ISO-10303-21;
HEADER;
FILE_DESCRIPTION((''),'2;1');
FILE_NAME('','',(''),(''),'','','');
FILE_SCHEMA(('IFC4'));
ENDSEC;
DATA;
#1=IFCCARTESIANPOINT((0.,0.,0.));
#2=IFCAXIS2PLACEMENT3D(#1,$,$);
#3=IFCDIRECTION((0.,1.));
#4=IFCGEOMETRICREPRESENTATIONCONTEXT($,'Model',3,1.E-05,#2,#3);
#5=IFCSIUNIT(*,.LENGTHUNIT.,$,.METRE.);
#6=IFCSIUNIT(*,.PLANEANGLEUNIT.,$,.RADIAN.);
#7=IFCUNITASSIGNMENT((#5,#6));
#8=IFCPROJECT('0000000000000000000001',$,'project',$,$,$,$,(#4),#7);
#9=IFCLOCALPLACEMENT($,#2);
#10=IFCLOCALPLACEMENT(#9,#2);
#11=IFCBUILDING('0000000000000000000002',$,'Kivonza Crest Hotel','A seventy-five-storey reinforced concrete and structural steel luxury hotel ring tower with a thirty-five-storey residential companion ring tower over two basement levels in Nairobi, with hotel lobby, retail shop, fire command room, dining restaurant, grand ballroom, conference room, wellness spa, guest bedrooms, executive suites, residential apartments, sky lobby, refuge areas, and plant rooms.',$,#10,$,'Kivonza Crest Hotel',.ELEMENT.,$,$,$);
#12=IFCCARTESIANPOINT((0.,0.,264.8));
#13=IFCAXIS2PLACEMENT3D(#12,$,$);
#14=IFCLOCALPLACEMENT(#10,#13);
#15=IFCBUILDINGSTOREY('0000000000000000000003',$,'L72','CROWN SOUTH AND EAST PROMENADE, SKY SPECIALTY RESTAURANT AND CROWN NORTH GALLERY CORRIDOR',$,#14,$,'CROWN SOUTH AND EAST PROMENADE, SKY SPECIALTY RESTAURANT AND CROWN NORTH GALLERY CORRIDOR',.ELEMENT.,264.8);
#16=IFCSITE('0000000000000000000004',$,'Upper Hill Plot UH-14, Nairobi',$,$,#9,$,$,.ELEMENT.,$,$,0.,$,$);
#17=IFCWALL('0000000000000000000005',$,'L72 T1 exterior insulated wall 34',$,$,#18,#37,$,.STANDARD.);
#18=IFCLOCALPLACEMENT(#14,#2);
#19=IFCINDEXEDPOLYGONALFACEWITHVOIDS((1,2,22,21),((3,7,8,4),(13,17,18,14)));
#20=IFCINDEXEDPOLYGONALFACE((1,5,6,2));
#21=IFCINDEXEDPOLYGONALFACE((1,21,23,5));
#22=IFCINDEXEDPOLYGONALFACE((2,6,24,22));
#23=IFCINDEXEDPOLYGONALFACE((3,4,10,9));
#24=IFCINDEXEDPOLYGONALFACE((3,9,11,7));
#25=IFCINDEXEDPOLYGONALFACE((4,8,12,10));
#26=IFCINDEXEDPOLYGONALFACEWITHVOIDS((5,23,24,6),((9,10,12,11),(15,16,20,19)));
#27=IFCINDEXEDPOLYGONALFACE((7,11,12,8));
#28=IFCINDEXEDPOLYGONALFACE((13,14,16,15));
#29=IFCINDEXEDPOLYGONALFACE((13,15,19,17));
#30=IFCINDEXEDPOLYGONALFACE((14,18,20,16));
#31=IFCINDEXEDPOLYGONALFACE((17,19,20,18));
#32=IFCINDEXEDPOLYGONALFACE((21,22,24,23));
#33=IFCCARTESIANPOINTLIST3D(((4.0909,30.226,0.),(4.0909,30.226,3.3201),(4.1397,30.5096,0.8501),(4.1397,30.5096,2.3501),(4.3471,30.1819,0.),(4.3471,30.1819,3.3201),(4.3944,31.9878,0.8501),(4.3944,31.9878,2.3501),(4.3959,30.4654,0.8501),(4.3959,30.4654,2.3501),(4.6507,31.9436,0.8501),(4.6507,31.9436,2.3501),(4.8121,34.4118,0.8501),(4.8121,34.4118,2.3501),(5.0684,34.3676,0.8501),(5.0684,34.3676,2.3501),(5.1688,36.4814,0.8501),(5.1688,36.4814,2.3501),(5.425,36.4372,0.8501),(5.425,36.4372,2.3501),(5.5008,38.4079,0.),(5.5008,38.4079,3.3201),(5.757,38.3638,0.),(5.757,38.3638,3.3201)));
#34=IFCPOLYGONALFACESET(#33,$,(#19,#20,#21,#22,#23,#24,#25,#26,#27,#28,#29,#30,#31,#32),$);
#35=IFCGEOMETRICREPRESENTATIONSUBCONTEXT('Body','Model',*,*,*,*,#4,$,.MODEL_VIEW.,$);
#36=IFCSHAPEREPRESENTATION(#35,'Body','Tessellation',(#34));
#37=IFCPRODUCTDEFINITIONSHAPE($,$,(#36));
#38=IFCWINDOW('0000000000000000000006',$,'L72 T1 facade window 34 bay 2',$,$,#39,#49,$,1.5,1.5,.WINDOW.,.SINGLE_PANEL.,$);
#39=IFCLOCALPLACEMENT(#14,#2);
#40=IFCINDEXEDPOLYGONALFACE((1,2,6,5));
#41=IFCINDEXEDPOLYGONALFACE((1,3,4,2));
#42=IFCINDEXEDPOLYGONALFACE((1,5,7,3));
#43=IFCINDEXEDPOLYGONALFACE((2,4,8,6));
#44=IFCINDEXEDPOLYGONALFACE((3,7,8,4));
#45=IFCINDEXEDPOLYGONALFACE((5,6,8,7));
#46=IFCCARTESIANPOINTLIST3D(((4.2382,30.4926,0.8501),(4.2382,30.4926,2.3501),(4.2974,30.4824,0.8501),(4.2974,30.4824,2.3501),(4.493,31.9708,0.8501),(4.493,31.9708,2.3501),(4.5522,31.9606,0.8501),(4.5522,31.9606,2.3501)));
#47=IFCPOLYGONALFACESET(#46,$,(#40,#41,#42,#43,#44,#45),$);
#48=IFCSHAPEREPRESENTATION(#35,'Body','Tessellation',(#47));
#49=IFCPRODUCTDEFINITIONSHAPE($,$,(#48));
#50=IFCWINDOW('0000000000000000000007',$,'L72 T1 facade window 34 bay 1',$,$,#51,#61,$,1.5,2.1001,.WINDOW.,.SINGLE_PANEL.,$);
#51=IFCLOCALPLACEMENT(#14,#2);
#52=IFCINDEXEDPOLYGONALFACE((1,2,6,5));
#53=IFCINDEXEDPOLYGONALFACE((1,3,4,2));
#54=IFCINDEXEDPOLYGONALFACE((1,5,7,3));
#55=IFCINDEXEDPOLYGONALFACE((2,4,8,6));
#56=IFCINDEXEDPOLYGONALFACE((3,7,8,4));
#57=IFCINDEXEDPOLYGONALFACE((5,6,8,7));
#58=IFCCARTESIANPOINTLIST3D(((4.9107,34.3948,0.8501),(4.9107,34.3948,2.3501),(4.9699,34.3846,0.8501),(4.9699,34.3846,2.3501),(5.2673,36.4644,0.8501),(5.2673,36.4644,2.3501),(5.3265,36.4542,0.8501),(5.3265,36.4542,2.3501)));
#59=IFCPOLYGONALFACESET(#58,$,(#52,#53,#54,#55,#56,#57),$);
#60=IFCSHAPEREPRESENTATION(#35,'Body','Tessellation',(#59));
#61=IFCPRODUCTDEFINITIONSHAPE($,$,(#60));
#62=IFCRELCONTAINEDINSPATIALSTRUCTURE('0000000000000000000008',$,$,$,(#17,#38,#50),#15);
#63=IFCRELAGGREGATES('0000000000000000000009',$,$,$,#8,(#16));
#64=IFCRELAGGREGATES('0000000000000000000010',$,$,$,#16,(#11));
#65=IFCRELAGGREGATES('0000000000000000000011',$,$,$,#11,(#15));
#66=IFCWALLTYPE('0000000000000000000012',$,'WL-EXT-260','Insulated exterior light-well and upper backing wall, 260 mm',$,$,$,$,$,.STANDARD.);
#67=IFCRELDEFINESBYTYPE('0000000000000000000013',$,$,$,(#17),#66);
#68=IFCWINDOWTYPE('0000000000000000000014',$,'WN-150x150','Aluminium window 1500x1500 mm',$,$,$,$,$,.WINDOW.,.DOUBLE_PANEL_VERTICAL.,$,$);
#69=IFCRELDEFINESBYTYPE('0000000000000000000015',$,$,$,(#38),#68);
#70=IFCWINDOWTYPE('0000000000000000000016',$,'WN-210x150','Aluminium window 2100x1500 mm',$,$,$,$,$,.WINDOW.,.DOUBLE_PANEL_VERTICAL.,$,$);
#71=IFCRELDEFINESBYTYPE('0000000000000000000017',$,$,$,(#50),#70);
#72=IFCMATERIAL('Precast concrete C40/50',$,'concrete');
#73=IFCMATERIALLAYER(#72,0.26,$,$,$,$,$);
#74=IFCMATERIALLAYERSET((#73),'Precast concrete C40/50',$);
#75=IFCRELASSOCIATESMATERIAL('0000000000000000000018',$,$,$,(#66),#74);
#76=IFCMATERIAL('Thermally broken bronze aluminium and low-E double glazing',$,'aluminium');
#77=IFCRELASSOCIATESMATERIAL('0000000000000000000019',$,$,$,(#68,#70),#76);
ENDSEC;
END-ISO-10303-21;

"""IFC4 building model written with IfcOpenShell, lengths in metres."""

from ifc_helpers import new_model, si_unit, direction, frame, frame_2d, origin, place, context, subcontext, project, spatial, rectangle, extrude, material, layer, layer_set, type_object, element, fill, save


model = new_model("IFC4")

# Units and contexts
model_context = context("Model", 3, precision=1e-05, world=origin(), true_north=direction((0.0, 1.0)))
body_context = subcontext(model_context, "Body", "Model", "MODEL_VIEW")
ifc_project = project(units=[si_unit("LENGTHUNIT", "METRE"), si_unit("PLANEANGLEUNIT", "RADIAN")], contexts=[model_context])

# Site, building, storey
site_placement = place(None, origin())
site = spatial("IfcSite", under=ifc_project, at=site_placement, Name="Upper Hill Plot UH-14, Nairobi", CompositionType="ELEMENT", RefElevation=0.0)
building_placement = place(site_placement, origin())
building = spatial("IfcBuilding", under=site, at=building_placement, Name="Kivonza Crest Hotel", Description="A seventy-five-storey reinforced concrete and structural steel luxury hotel ring tower with a thirty-five-storey residential companion ring tower over two basement levels in Nairobi, with hotel lobby, retail shop, fire command room, dining restaurant, grand ballroom, conference room, wellness spa, guest bedrooms, executive suites, residential apartments, sky lobby, refuge areas, and plant rooms.", LongName="Kivonza Crest Hotel", CompositionType="ELEMENT")
storey_placement = place(building_placement, frame((0.0, 0.0, 264.8)))
storey = spatial("IfcBuildingStorey", under=building, at=storey_placement, Name="L72", Description="CROWN SOUTH AND EAST PROMENADE, SKY SPECIALTY RESTAURANT AND CROWN NORTH GALLERY CORRIDOR", LongName="CROWN SOUTH AND EAST PROMENADE, SKY SPECIALTY RESTAURANT AND CROWN NORTH GALLERY CORRIDOR", CompositionType="ELEMENT", Elevation=264.8)

# Shared definitions
ifc_material_1 = material(Name="Precast concrete C40/50", Category="concrete")
ifc_layer_1 = layer(ifc_material_1, 0.26)
ifc_layer_set_1 = layer_set([ifc_layer_1], Name="Precast concrete C40/50")
wall_type_1 = type_object("IfcWallType", Name="WL-EXT-260", Description="Insulated exterior light-well and upper backing wall, 260 mm", PredefinedType="STANDARD", material=ifc_layer_set_1)

# Wall, openings, windows
wall_1_placement = place(storey_placement, frame((5.6289, 38.386, 0.0), z_axis=(0.0, 0.0, 1.0), x_axis=(-0.169818, -0.985475, 0.0)))
wall_1 = element("IfcWall", 1, at=wall_1_placement, inside=storey, type_object=wall_type_1, Name="L72 T1 exterior insulated wall 34", PredefinedType="STANDARD", context=body_context, shape_type="SweptSolid", body=[
    extrude(rectangle(XDim=8.3025, YDim=0.26, at=frame_2d((4.1514, 0.0))), origin(), (0.0, 0.0, 1.0), 3.3201),
])
opening_1_placement = place(wall_1_placement, frame((1.9551, 0.0, 0.8501)))
opening_1 = element("IfcOpeningElement", 2, at=opening_1_placement, cuts=wall_1, PredefinedType="OPENING", context=body_context, shape_type="SweptSolid", body=[
    extrude(rectangle(XDim=2.1001, YDim=1.5, at=frame_2d((1.05, 0.75))), frame((0.0, 0.1401, 0.0), z_axis=(0.0, -1.0, 0.0), x_axis=(1.0, 0.0, 0.0)), (0.0, 0.0, 1.0), 0.28),
])
opening_2_placement = place(wall_1_placement, frame((6.5149, 0.0, 0.8501)))
opening_2 = element("IfcOpeningElement", 3, at=opening_2_placement, cuts=wall_1, PredefinedType="OPENING", context=body_context, shape_type="SweptSolid", body=[
    extrude(rectangle(XDim=1.5, YDim=1.5, at=frame_2d((0.75, 0.75))), frame((0.0, 0.1401, 0.0), z_axis=(0.0, -1.0, 0.0), x_axis=(1.0, 0.0, 0.0)), (0.0, 0.0, 1.0), 0.28),
])
ifc_material_2 = material(Name="Thermally broken bronze aluminium and low-E double glazing", Category="aluminium")
window_type_1 = type_object("IfcWindowType", Name="WN-150x150", Description="Aluminium window 1500x1500 mm", PartitioningType="DOUBLE_PANEL_VERTICAL", PredefinedType="WINDOW", material=ifc_material_2)
window_1_placement = place(opening_2_placement, origin())
window_1 = element("IfcWindow", 4, at=window_1_placement, inside=storey, type_object=window_type_1, Name="L72 T1 facade window 34 bay 2", OverallHeight=1.5, OverallWidth=1.5, PartitioningType="SINGLE_PANEL", PredefinedType="WINDOW", context=body_context, shape_type="SweptSolid", body=[
    extrude(rectangle(XDim=1.5, YDim=1.5, at=frame_2d((0.75, 0.75))), frame((0.0, 0.03, 0.0), z_axis=(0.0, -1.0, 0.0), x_axis=(1.0, 0.0, 0.0)), (0.0, 0.0, 1.0), 0.0601),
])
fill(opening_2, window_1)
window_type_2 = type_object("IfcWindowType", Name="WN-210x150", Description="Aluminium window 2100x1500 mm", PartitioningType="DOUBLE_PANEL_VERTICAL", PredefinedType="WINDOW", material=ifc_material_2)
window_2_placement = place(opening_1_placement, origin())
window_2 = element("IfcWindow", 5, at=window_2_placement, inside=storey, type_object=window_type_2, Name="L72 T1 facade window 34 bay 1", OverallHeight=1.5, OverallWidth=2.1001, PartitioningType="SINGLE_PANEL", PredefinedType="WINDOW", context=body_context, shape_type="SweptSolid", body=[
    extrude(rectangle(XDim=2.1001, YDim=1.5, at=frame_2d((1.05, 0.75))), frame((0.0, 0.03, 0.0), z_axis=(0.0, -1.0, 0.0), x_axis=(1.0, 0.0, 0.0)), (0.0, 0.0, 1.0), 0.0601),
])
fill(opening_1, window_2)

save(model, "model.ifc")
